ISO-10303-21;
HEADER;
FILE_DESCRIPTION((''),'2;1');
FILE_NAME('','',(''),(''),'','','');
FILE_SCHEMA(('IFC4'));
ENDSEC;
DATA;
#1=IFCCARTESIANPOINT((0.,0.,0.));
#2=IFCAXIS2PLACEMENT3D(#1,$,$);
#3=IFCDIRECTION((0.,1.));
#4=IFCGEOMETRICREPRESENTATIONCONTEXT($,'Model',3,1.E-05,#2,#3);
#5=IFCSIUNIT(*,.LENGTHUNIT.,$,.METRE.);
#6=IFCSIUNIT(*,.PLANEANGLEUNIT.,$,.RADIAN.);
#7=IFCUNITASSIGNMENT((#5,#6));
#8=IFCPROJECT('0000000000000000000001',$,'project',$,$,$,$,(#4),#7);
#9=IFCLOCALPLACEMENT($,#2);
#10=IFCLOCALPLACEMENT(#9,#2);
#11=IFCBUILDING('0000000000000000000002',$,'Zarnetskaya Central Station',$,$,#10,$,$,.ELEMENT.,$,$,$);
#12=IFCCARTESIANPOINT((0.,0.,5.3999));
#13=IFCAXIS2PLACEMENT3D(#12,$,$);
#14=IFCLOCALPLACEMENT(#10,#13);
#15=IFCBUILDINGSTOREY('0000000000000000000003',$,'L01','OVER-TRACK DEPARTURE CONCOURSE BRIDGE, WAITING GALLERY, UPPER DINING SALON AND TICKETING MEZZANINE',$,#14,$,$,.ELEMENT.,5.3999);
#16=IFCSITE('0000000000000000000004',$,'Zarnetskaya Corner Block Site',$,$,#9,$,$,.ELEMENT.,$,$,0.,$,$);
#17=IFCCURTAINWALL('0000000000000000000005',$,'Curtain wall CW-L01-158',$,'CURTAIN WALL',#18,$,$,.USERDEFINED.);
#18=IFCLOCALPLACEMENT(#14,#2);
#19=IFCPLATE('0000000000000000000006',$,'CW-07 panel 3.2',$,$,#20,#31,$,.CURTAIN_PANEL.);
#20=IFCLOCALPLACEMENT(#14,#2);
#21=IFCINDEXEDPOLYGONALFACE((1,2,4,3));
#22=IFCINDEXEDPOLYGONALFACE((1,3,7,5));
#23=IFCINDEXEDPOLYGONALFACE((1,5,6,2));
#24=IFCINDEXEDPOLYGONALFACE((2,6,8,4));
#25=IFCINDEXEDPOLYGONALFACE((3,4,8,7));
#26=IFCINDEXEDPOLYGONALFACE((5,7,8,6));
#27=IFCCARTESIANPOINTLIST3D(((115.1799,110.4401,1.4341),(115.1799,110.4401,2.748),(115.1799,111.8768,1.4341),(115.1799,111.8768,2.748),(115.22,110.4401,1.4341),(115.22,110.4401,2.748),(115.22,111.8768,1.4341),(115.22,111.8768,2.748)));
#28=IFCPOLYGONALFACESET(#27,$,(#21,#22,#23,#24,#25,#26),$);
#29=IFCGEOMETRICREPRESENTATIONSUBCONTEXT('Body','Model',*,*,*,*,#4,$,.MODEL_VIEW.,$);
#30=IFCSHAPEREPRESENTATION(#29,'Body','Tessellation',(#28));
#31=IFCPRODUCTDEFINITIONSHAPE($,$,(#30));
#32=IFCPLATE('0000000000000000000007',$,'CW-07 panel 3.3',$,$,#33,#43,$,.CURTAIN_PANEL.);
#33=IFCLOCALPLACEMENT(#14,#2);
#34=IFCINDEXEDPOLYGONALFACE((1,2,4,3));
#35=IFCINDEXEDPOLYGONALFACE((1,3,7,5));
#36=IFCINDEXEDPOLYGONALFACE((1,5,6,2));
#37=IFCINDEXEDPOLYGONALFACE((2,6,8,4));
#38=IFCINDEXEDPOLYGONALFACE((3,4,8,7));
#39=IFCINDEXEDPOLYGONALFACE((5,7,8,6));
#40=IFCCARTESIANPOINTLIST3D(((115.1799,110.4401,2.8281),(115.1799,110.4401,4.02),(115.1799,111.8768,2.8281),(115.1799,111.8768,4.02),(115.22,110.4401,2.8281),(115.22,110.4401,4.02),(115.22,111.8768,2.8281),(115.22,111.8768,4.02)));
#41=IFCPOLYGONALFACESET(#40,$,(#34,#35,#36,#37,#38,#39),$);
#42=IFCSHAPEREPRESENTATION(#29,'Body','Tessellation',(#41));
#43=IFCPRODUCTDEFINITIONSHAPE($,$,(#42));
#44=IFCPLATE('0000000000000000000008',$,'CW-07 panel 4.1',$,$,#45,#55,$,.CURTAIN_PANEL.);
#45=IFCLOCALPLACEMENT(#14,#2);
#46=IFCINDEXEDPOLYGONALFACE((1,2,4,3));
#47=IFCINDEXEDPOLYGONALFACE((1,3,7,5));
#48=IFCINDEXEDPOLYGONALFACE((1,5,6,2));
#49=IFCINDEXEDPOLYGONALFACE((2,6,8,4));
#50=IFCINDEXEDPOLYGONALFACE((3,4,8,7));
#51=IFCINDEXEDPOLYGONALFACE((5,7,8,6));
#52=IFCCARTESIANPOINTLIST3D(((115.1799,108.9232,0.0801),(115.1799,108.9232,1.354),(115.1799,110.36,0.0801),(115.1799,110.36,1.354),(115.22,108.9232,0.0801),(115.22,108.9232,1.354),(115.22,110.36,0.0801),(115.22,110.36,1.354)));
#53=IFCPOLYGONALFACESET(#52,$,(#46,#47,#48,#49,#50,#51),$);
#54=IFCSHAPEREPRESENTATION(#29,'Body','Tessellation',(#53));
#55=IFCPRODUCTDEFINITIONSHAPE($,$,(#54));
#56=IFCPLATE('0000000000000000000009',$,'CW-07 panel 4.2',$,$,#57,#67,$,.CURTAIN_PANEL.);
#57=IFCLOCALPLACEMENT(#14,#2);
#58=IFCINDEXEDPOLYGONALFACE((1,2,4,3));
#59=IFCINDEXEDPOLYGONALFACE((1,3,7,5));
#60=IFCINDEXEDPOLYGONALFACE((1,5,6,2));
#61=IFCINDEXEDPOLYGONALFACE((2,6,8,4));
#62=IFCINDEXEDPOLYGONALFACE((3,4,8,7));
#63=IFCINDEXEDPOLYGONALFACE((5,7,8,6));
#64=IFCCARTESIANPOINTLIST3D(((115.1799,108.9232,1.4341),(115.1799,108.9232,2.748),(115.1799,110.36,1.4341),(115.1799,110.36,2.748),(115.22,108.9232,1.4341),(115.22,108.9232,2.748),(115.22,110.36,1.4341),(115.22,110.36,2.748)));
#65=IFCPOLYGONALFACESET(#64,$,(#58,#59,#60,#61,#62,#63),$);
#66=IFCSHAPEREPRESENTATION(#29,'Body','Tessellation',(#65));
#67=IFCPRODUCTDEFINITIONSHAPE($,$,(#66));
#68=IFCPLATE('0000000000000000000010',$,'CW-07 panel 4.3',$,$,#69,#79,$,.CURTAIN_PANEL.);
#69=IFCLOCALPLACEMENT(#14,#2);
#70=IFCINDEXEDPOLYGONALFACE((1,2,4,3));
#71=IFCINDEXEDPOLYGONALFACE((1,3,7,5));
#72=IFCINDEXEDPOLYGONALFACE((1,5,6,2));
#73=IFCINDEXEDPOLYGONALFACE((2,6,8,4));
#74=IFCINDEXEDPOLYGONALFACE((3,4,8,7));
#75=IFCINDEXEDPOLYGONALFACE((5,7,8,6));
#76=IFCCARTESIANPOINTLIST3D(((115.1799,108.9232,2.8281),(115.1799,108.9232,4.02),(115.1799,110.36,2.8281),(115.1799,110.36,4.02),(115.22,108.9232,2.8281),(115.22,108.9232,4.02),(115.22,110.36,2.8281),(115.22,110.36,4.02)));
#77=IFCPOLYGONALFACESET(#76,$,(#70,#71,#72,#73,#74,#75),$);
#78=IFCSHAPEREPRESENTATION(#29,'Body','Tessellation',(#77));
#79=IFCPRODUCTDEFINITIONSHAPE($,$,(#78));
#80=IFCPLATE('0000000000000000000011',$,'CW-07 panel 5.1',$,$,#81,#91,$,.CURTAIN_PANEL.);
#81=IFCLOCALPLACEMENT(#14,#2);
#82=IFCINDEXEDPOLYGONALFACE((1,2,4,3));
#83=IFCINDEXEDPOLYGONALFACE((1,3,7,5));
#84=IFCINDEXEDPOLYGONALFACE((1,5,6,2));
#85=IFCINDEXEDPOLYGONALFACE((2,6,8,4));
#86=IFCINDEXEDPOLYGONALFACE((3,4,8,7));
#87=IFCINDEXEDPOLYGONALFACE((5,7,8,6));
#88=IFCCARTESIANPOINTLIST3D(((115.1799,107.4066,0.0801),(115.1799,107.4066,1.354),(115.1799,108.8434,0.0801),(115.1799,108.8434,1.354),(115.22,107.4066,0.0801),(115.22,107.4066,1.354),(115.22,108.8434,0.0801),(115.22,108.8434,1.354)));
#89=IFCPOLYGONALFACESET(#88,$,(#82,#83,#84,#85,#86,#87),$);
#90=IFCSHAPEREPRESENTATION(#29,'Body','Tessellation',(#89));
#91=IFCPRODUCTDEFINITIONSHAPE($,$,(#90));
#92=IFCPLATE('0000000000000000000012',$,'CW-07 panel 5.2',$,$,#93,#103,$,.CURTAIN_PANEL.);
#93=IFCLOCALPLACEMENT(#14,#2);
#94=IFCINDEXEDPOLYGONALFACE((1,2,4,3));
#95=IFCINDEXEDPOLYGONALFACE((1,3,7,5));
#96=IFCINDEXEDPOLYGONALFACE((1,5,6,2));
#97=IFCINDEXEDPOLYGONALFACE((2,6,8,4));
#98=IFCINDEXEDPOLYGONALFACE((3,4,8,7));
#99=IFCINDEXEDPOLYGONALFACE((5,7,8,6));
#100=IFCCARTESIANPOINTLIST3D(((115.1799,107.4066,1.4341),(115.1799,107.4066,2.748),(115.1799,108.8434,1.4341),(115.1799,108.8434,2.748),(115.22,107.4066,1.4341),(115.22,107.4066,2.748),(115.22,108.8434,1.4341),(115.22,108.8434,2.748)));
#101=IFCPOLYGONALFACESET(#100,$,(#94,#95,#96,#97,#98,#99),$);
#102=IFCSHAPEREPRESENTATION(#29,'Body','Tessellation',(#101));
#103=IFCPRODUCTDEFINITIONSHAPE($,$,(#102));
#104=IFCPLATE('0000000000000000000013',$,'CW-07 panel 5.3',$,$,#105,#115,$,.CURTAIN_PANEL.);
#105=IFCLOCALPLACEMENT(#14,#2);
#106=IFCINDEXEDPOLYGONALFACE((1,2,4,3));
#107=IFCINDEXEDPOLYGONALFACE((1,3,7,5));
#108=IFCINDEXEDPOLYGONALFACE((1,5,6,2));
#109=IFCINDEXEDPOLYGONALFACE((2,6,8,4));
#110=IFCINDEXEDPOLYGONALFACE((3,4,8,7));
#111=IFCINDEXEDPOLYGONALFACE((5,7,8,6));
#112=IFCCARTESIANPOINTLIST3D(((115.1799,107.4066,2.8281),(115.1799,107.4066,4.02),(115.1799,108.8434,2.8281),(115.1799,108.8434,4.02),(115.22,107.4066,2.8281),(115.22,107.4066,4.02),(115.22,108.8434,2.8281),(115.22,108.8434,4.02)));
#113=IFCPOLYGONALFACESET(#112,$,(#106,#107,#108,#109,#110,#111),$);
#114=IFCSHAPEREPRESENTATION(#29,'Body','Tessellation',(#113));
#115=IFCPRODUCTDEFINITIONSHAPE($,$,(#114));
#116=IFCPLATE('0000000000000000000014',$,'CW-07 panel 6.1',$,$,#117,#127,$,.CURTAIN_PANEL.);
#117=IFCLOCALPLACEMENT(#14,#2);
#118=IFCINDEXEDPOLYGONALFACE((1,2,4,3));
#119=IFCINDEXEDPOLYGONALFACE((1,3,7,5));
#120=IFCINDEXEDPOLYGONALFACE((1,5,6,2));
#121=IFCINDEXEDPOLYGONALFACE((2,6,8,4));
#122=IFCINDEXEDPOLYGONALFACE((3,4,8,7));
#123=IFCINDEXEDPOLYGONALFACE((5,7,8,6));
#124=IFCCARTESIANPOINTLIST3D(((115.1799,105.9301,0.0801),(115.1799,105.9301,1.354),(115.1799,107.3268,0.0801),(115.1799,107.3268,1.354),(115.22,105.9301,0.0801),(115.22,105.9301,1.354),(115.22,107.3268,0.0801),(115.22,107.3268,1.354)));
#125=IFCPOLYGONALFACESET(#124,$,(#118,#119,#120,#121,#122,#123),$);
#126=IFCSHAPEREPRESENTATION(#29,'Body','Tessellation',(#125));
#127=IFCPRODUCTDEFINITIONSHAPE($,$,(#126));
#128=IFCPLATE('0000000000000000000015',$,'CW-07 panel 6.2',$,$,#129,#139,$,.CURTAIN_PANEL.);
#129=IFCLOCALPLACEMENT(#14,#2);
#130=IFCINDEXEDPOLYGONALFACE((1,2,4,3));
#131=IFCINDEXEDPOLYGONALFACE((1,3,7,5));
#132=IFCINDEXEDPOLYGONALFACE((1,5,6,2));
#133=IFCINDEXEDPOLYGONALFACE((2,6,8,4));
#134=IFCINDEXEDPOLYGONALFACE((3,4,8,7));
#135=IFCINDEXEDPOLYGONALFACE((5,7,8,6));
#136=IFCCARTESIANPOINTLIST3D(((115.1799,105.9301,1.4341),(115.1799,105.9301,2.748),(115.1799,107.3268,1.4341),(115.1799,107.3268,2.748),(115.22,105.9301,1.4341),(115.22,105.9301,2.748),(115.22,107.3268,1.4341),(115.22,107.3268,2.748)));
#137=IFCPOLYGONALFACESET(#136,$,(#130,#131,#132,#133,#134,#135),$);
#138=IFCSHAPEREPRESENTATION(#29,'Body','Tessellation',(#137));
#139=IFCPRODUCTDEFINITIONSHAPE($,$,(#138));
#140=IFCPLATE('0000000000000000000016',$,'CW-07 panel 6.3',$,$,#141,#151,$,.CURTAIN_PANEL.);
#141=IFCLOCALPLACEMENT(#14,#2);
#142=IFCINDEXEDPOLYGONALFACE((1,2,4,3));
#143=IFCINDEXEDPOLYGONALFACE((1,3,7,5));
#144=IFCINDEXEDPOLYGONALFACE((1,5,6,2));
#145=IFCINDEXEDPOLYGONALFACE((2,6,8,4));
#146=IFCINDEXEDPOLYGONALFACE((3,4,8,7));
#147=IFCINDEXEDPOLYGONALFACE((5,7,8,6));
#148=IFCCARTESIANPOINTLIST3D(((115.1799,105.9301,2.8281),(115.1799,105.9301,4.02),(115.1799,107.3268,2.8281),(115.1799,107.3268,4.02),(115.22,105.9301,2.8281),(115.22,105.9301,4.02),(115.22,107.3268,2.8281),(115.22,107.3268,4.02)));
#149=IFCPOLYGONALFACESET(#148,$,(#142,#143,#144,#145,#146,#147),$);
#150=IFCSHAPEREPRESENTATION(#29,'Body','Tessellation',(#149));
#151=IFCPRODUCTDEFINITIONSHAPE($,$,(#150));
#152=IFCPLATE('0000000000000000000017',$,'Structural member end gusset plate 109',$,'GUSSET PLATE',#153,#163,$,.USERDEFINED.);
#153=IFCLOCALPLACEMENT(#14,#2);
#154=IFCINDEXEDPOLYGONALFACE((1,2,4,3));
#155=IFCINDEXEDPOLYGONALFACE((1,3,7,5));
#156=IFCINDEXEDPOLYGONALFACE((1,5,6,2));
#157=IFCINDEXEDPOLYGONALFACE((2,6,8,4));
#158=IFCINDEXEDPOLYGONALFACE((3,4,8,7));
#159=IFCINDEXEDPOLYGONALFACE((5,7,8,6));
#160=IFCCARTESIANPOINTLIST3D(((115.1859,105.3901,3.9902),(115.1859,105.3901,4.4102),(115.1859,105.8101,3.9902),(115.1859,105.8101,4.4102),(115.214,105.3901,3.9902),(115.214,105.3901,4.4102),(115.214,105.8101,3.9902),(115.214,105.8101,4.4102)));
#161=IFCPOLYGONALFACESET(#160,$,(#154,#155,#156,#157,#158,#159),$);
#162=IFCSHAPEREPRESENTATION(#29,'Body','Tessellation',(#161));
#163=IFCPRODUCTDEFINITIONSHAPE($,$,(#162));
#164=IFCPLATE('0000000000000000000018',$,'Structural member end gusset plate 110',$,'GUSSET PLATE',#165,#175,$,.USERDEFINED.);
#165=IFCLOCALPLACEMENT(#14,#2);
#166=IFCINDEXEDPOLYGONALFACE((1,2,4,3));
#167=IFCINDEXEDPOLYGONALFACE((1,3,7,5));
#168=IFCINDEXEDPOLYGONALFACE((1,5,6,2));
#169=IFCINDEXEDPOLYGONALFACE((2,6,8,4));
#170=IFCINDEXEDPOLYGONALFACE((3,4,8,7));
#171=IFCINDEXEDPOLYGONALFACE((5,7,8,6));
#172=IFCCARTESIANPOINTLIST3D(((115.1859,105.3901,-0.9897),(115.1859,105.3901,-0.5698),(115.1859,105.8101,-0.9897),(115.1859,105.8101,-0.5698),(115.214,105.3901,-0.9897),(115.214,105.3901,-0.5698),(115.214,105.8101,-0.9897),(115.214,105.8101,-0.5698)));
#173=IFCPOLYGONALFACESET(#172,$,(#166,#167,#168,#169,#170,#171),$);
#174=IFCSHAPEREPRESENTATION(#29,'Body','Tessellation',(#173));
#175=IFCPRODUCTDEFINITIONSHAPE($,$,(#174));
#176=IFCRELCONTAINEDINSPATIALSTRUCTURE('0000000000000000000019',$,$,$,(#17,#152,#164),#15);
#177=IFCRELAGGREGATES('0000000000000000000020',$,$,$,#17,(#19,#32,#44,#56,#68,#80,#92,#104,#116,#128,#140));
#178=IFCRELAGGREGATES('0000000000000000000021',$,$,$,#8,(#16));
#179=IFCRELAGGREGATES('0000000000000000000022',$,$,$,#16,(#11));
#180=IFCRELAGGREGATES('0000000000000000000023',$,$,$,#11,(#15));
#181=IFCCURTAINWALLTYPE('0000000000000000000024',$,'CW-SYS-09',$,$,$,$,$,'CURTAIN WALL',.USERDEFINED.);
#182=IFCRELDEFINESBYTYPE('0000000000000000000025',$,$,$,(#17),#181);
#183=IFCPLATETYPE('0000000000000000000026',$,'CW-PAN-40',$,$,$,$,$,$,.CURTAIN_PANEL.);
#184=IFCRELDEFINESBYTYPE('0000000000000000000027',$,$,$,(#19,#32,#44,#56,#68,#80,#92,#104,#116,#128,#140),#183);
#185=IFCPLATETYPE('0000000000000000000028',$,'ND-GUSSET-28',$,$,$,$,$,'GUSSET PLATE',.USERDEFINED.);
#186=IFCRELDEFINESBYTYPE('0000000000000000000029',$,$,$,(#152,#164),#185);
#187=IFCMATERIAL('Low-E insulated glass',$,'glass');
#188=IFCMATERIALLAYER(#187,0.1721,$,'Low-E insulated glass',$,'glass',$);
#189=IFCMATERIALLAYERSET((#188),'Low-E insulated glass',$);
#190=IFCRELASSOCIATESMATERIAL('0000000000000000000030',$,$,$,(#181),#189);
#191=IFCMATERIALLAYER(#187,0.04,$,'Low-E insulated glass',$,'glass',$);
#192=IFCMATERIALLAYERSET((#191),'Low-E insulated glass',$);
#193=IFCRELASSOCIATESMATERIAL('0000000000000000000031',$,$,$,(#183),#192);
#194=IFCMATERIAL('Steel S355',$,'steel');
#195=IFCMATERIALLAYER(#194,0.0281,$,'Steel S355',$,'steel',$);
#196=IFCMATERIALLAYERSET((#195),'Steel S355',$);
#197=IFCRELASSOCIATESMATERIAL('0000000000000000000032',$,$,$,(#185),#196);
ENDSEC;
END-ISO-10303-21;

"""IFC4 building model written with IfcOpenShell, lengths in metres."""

from ifc_helpers import new_model, si_unit, direction, frame, origin, origin_2d, place, context, subcontext, project, spatial, rectangle, extrude, material, layer, layer_set, type_object, element, aggregate, save


model = new_model("IFC4")

# Units and contexts
model_context = context("Model", 3, precision=1e-05, world=origin(), true_north=direction((0.0, 1.0)))
body_context = subcontext(model_context, "Body", "Model", "MODEL_VIEW")
ifc_project = project(units=[si_unit("LENGTHUNIT", "METRE"), si_unit("PLANEANGLEUNIT", "RADIAN")], contexts=[model_context])

# Site, building, storey
site_placement = place(None, origin())
site = spatial("IfcSite", under=ifc_project, at=site_placement, Name="Zarnetskaya Corner Block Site", CompositionType="ELEMENT", RefElevation=0.0)
building_placement = place(site_placement, origin())
building = spatial("IfcBuilding", under=site, at=building_placement, Name="Zarnetskaya Central Station", CompositionType="ELEMENT")
storey_placement = place(building_placement, frame((0.0, 0.0, 5.3999)))
storey = spatial("IfcBuildingStorey", under=building, at=storey_placement, Name="L01", Description="OVER-TRACK DEPARTURE CONCOURSE BRIDGE, WAITING GALLERY, UPPER DINING SALON AND TICKETING MEZZANINE", CompositionType="ELEMENT", Elevation=5.3999)

# Shared definitions
ifc_material_1 = material(Name="Steel S355", Category="steel")

# Shared definitions
ifc_material_2 = material(Name="Low-E insulated glass", Category="glass")
ifc_layer_1 = layer(ifc_material_2, 0.1721, Name="Low-E insulated glass", Category="glass")
ifc_layer_set_1 = layer_set([ifc_layer_1], Name="Low-E insulated glass")
curtain_wall_type = type_object("IfcCurtainWallType", Name="CW-SYS-09", ElementType="CURTAIN WALL", PredefinedType="USERDEFINED", material=ifc_layer_set_1)

# Curtain wall
curtain_wall_1_placement = place(storey_placement, origin())
curtain_wall_1 = element("IfcCurtainWall", 1, at=curtain_wall_1_placement, inside=storey, type_object=curtain_wall_type, Name="Curtain wall CW-L01-158", ObjectType="CURTAIN WALL", PredefinedType="USERDEFINED")

# Plates
ifc_layer_2 = layer(ifc_material_2, 0.04, Name="Low-E insulated glass", Category="glass")
ifc_layer_set_2 = layer_set([ifc_layer_2], Name="Low-E insulated glass")
plate_type_1 = type_object("IfcPlateType", Name="CW-PAN-40", PredefinedType="CURTAIN_PANEL", material=ifc_layer_set_2)
plate_1_placement = place(storey_placement, frame((115.2, 111.1584, 1.4341), z_axis=(0.0, 0.0, 1.0), x_axis=(0.0, -1.0, 0.0)))
plate_1 = element("IfcPlate", 2, at=plate_1_placement, type_object=plate_type_1, Name="CW-07 panel 3.2", PredefinedType="CURTAIN_PANEL", context=body_context, shape_type="SweptSolid", body=[
    extrude(rectangle(XDim=1.4368, YDim=0.04, at=origin_2d()), origin(), (0.0, 0.0, 1.0), 1.314),
])
plate_2_placement = place(storey_placement, frame((115.2, 111.1584, 2.8281), z_axis=(0.0, 0.0, 1.0), x_axis=(0.0, -1.0, 0.0)))
plate_2 = element("IfcPlate", 3, at=plate_2_placement, type_object=plate_type_1, Name="CW-07 panel 3.3", PredefinedType="CURTAIN_PANEL", context=body_context, shape_type="SweptSolid", body=[
    extrude(rectangle(XDim=1.4368, YDim=0.04, at=origin_2d()), origin(), (0.0, 0.0, 1.0), 1.1919),
])
plate_3_placement = place(storey_placement, frame((115.2, 109.6416, 0.0801), z_axis=(0.0, 0.0, 1.0), x_axis=(0.0, -1.0, 0.0)))
plate_3 = element("IfcPlate", 4, at=plate_3_placement, type_object=plate_type_1, Name="CW-07 panel 4.1", PredefinedType="CURTAIN_PANEL", context=body_context, shape_type="SweptSolid", body=[
    extrude(rectangle(XDim=1.4368, YDim=0.04, at=origin_2d()), origin(), (0.0, 0.0, 1.0), 1.2739),
])
plate_4_placement = place(storey_placement, frame((115.2, 109.6416, 1.4341), z_axis=(0.0, 0.0, 1.0), x_axis=(0.0, -1.0, 0.0)))
plate_4 = element("IfcPlate", 5, at=plate_4_placement, type_object=plate_type_1, Name="CW-07 panel 4.2", PredefinedType="CURTAIN_PANEL", context=body_context, shape_type="SweptSolid", body=[
    extrude(rectangle(XDim=1.4368, YDim=0.04, at=origin_2d()), origin(), (0.0, 0.0, 1.0), 1.314),
])
plate_5_placement = place(storey_placement, frame((115.2, 109.6416, 2.8281), z_axis=(0.0, 0.0, 1.0), x_axis=(0.0, -1.0, 0.0)))
plate_5 = element("IfcPlate", 6, at=plate_5_placement, type_object=plate_type_1, Name="CW-07 panel 4.3", PredefinedType="CURTAIN_PANEL", context=body_context, shape_type="SweptSolid", body=[
    extrude(rectangle(XDim=1.4368, YDim=0.04, at=origin_2d()), origin(), (0.0, 0.0, 1.0), 1.1919),
])
plate_6_placement = place(storey_placement, frame((115.2, 108.125, 0.0801), z_axis=(0.0, 0.0, 1.0), x_axis=(0.0, -1.0, 0.0)))
plate_6 = element("IfcPlate", 7, at=plate_6_placement, type_object=plate_type_1, Name="CW-07 panel 5.1", PredefinedType="CURTAIN_PANEL", context=body_context, shape_type="SweptSolid", body=[
    extrude(rectangle(XDim=1.4368, YDim=0.04, at=origin_2d()), origin(), (0.0, 0.0, 1.0), 1.2739),
])
plate_7_placement = place(storey_placement, frame((115.2, 108.125, 1.4341), z_axis=(0.0, 0.0, 1.0), x_axis=(0.0, -1.0, 0.0)))
plate_7 = element("IfcPlate", 8, at=plate_7_placement, type_object=plate_type_1, Name="CW-07 panel 5.2", PredefinedType="CURTAIN_PANEL", context=body_context, shape_type="SweptSolid", body=[
    extrude(rectangle(XDim=1.4368, YDim=0.04, at=origin_2d()), origin(), (0.0, 0.0, 1.0), 1.314),
])
plate_8_placement = place(storey_placement, frame((115.2, 108.125, 2.8281), z_axis=(0.0, 0.0, 1.0), x_axis=(0.0, -1.0, 0.0)))
plate_8 = element("IfcPlate", 9, at=plate_8_placement, type_object=plate_type_1, Name="CW-07 panel 5.3", PredefinedType="CURTAIN_PANEL", context=body_context, shape_type="SweptSolid", body=[
    extrude(rectangle(XDim=1.4368, YDim=0.04, at=origin_2d()), origin(), (0.0, 0.0, 1.0), 1.1919),
])
plate_9_placement = place(storey_placement, frame((115.2, 106.6284, 0.0801), z_axis=(0.0, 0.0, 1.0), x_axis=(0.0, -1.0, 0.0)))
plate_9 = element("IfcPlate", 10, at=plate_9_placement, type_object=plate_type_1, Name="CW-07 panel 6.1", PredefinedType="CURTAIN_PANEL", context=body_context, shape_type="SweptSolid", body=[
    extrude(rectangle(XDim=1.3967, YDim=0.04, at=origin_2d()), origin(), (0.0, 0.0, 1.0), 1.2739),
])
plate_10_placement = place(storey_placement, frame((115.2, 106.6284, 1.4341), z_axis=(0.0, 0.0, 1.0), x_axis=(0.0, -1.0, 0.0)))
plate_10 = element("IfcPlate", 11, at=plate_10_placement, type_object=plate_type_1, Name="CW-07 panel 6.2", PredefinedType="CURTAIN_PANEL", context=body_context, shape_type="SweptSolid", body=[
    extrude(rectangle(XDim=1.3967, YDim=0.04, at=origin_2d()), origin(), (0.0, 0.0, 1.0), 1.314),
])
plate_11_placement = place(storey_placement, frame((115.2, 106.6284, 2.8281), z_axis=(0.0, 0.0, 1.0), x_axis=(0.0, -1.0, 0.0)))
plate_11 = element("IfcPlate", 12, at=plate_11_placement, type_object=plate_type_1, Name="CW-07 panel 6.3", PredefinedType="CURTAIN_PANEL", context=body_context, shape_type="SweptSolid", body=[
    extrude(rectangle(XDim=1.3967, YDim=0.04, at=origin_2d()), origin(), (0.0, 0.0, 1.0), 1.1919),
])
aggregate(curtain_wall_1, [plate_1, plate_2, plate_3, plate_4, plate_5, plate_6, plate_7, plate_8, plate_9, plate_10, plate_11])

# Plates
ifc_layer_3 = layer(ifc_material_1, 0.0281, Name="Steel S355", Category="steel")
ifc_layer_set_3 = layer_set([ifc_layer_3], Name="Steel S355")
plate_type_2 = type_object("IfcPlateType", Name="ND-GUSSET-28", ElementType="GUSSET PLATE", PredefinedType="USERDEFINED", material=ifc_layer_set_3)
for number, where, z_axis, x_axis, name in (
    (13, (115.2, 105.6001, 3.9902), (0.0, 0.0, 1.0), (1.0, 0.0, 0.0), "Structural member end gusset plate 109"),
    (14, (115.2, 105.6001, -0.9897), (0.0, 0.0, 1.0), (1.0, 0.0, 0.0), "Structural member end gusset plate 110"),
):
    element("IfcPlate", number, at=place(storey_placement, frame(where, z_axis=z_axis, x_axis=x_axis)), inside=storey, type_object=plate_type_2, Name=name, ObjectType="GUSSET PLATE", PredefinedType="USERDEFINED", context=body_context, shape_type="SweptSolid", body=[
        extrude(rectangle(XDim=0.0281, YDim=0.4199, at=origin_2d()), origin(), (0.0, 0.0, 1.0), 0.4199),
    ])

save(model, "model.ifc")
